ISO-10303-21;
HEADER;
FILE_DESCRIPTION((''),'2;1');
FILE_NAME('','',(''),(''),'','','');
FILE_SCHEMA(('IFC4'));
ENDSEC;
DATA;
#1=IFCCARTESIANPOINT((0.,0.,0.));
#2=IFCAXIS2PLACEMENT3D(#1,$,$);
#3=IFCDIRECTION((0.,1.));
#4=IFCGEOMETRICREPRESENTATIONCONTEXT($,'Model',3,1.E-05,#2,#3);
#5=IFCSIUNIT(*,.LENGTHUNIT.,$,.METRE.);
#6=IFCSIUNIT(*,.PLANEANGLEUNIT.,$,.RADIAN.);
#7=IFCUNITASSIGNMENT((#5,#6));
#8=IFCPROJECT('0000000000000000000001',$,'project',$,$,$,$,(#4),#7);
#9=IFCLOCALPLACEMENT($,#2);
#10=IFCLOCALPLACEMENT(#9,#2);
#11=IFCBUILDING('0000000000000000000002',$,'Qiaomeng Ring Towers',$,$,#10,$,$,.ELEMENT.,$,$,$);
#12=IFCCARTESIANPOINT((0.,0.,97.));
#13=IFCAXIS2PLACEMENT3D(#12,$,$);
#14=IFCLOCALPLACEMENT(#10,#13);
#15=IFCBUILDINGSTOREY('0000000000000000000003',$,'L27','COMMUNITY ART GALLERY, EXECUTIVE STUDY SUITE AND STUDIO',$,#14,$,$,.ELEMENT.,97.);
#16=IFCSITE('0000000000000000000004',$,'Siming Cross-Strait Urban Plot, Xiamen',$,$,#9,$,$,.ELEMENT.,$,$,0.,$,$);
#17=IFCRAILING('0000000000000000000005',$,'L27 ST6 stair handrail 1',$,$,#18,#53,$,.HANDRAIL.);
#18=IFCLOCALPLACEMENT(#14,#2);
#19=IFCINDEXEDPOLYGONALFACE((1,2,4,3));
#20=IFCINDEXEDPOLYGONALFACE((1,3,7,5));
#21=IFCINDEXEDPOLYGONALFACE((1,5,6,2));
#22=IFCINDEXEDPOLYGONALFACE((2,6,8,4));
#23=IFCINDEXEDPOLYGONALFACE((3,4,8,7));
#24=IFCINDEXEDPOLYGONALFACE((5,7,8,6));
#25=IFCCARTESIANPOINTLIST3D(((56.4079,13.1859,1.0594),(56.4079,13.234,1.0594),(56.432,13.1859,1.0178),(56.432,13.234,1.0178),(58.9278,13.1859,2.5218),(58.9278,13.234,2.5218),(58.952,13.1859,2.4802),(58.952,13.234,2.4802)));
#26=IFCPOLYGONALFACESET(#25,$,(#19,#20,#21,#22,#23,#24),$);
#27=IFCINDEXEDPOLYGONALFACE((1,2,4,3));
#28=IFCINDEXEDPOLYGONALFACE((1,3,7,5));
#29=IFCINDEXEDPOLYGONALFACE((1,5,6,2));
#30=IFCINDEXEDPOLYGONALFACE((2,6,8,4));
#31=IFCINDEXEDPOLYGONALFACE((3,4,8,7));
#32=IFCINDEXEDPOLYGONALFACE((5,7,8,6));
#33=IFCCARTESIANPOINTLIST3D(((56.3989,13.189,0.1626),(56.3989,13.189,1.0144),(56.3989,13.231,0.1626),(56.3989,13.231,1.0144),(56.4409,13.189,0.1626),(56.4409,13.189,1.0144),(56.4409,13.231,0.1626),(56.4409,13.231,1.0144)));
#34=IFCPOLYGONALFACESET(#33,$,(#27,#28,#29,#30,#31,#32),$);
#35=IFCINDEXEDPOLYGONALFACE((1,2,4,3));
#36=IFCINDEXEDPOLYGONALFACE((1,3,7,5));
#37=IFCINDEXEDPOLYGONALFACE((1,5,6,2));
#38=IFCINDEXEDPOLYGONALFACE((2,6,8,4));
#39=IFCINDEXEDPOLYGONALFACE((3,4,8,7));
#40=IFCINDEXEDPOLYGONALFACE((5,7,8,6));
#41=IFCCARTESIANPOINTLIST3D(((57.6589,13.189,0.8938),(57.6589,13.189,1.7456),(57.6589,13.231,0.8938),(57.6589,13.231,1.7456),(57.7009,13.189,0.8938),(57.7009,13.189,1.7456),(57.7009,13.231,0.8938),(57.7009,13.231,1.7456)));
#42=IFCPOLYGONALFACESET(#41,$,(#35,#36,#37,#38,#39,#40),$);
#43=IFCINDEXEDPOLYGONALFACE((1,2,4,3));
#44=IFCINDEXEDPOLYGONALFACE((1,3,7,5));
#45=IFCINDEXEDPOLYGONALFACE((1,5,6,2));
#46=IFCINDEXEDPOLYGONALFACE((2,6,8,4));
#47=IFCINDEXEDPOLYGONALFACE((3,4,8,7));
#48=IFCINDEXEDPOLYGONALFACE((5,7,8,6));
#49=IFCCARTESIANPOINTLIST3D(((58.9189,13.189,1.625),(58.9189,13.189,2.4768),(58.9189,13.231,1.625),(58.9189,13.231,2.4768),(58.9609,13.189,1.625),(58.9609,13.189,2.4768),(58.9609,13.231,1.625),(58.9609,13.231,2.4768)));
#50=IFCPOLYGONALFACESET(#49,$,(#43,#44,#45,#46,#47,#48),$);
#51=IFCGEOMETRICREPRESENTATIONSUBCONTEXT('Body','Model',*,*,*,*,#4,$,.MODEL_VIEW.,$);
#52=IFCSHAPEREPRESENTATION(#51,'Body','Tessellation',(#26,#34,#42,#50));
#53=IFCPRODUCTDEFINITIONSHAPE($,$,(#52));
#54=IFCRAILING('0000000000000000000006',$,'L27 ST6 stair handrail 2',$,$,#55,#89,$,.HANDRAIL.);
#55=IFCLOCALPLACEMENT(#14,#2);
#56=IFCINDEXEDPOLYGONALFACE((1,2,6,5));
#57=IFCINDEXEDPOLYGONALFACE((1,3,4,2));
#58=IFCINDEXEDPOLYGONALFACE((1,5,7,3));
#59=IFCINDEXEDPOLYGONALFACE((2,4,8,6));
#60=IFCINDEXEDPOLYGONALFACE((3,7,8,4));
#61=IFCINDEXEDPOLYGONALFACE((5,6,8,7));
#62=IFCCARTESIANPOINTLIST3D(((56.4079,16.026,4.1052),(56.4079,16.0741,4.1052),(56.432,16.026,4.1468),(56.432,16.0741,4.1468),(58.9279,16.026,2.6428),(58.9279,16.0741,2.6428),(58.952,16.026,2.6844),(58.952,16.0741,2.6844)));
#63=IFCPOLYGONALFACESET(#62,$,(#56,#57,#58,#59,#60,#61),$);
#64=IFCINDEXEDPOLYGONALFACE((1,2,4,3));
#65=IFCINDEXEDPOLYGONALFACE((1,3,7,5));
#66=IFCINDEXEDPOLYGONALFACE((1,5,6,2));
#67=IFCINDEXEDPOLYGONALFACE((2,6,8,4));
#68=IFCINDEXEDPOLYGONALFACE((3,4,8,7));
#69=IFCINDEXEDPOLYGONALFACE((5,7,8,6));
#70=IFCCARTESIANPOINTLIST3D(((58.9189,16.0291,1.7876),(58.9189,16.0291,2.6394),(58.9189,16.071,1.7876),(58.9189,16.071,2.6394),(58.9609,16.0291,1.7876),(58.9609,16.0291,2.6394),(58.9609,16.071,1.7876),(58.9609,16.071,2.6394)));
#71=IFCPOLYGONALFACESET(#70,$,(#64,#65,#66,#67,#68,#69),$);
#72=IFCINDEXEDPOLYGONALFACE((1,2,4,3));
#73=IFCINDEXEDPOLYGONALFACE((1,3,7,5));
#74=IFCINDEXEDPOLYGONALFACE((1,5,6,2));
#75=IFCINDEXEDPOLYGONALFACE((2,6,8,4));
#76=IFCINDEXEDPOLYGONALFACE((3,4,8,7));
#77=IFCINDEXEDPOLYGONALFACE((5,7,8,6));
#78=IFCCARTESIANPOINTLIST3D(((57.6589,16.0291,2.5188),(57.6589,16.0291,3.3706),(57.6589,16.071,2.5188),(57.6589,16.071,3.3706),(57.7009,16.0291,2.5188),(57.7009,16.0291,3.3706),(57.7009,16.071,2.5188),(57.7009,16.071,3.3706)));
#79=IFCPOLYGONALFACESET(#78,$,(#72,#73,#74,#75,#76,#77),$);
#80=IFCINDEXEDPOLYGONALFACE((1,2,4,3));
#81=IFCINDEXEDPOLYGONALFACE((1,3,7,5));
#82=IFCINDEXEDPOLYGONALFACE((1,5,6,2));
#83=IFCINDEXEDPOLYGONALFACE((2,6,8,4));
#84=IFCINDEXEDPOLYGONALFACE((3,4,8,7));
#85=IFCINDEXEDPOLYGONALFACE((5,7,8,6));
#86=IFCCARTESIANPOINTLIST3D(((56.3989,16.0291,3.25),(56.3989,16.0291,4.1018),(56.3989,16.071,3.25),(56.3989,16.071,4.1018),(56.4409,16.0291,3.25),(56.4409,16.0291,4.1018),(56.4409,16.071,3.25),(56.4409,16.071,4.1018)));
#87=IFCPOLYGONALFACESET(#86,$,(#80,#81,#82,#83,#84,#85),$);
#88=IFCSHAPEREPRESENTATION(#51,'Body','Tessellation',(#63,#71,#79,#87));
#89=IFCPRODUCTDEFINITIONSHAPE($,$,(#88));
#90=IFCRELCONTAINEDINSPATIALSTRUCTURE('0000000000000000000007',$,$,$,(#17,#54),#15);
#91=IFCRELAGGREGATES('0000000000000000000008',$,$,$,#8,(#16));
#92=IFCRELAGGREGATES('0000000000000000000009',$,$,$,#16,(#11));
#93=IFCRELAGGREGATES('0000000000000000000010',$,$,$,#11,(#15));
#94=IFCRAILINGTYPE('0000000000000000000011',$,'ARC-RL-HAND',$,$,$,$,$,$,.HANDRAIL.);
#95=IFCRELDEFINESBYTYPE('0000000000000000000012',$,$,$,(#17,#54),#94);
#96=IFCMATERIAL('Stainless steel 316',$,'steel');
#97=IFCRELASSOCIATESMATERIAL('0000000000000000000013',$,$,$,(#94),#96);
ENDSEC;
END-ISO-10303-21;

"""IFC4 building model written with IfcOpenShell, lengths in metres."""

from ifc_helpers import new_model, si_unit, direction, frame, origin, origin_2d, place, context, subcontext, project, spatial, rectangle, extrude, material, type_object, element, save


model = new_model("IFC4")

# Units and contexts
model_context = context("Model", 3, precision=1e-05, world=origin(), true_north=direction((0.0, 1.0)))
body_context = subcontext(model_context, "Body", "Model", "MODEL_VIEW")
ifc_project = project(units=[si_unit("LENGTHUNIT", "METRE"), si_unit("PLANEANGLEUNIT", "RADIAN")], contexts=[model_context])

# Site, building, storey
site_placement = place(None, origin())
site = spatial("IfcSite", under=ifc_project, at=site_placement, Name="Siming Cross-Strait Urban Plot, Xiamen", CompositionType="ELEMENT", RefElevation=0.0)
building_placement = place(site_placement, origin())
building = spatial("IfcBuilding", under=site, at=building_placement, Name="Qiaomeng Ring Towers", CompositionType="ELEMENT")
storey_placement = place(building_placement, frame((0.0, 0.0, 97.0)))
storey = spatial("IfcBuildingStorey", under=building, at=storey_placement, Name="L27", Description="COMMUNITY ART GALLERY, EXECUTIVE STUDY SUITE AND STUDIO", CompositionType="ELEMENT", Elevation=97.0)

# Shared definitions
ifc_material_1 = material(Name="Stainless steel 316", Category="steel")

# Railings
railing_type_1 = type_object("IfcRailingType", Name="ARC-RL-HAND", PredefinedType="HANDRAIL", material=ifc_material_1)
railing_1_placement = place(storey_placement, frame((56.4199, 13.21, 0.1626)))
element("IfcRailing", 1, at=railing_1_placement, inside=storey, type_object=railing_type_1, Name="L27 ST6 stair handrail 1", PredefinedType="HANDRAIL", context=body_context, shape_type="SweptSolid", body=[
    extrude(rectangle(XDim=0.0481, YDim=0.0481, at=origin_2d()), frame((0.0, 0.0, 0.876), z_axis=(0.864913, 0.0, 0.501921), x_axis=(0.0, 1.0, 0.0)), (0.0, 0.0, 1.0), 2.9136),
    extrude(rectangle(XDim=0.042, YDim=0.042, at=origin_2d()), origin(), (0.0, 0.0, 1.0), 0.8518),
    extrude(rectangle(XDim=0.042, YDim=0.042, at=origin_2d()), frame((1.26, 0.0, 0.7312)), (0.0, 0.0, 1.0), 0.8518),
    extrude(rectangle(XDim=0.042, YDim=0.042, at=origin_2d()), frame((2.52, 0.0, 1.4624)), (0.0, 0.0, 1.0), 0.8518),
])
railing_2_placement = place(storey_placement, frame((58.9399, 16.05, 1.7876)))
element("IfcRailing", 2, at=railing_2_placement, inside=storey, type_object=railing_type_1, Name="L27 ST6 stair handrail 2", PredefinedType="HANDRAIL", context=body_context, shape_type="SweptSolid", body=[
    extrude(rectangle(XDim=0.0481, YDim=0.0481, at=origin_2d()), frame((0.0, 0.0, 0.876), z_axis=(-0.864913, 0.0, 0.501921), x_axis=(0.0, -1.0, 0.0)), (0.0, 0.0, 1.0), 2.9136),
    extrude(rectangle(XDim=0.042, YDim=0.042, at=origin_2d()), origin(), (0.0, 0.0, 1.0), 0.8518),
    extrude(rectangle(XDim=0.042, YDim=0.042, at=origin_2d()), frame((-1.26, 0.0, 0.7312)), (0.0, 0.0, 1.0), 0.8518),
    extrude(rectangle(XDim=0.042, YDim=0.042, at=origin_2d()), frame((-2.52, 0.0, 1.4624)), (0.0, 0.0, 1.0), 0.8518),
])

save(model, "model.ifc")
